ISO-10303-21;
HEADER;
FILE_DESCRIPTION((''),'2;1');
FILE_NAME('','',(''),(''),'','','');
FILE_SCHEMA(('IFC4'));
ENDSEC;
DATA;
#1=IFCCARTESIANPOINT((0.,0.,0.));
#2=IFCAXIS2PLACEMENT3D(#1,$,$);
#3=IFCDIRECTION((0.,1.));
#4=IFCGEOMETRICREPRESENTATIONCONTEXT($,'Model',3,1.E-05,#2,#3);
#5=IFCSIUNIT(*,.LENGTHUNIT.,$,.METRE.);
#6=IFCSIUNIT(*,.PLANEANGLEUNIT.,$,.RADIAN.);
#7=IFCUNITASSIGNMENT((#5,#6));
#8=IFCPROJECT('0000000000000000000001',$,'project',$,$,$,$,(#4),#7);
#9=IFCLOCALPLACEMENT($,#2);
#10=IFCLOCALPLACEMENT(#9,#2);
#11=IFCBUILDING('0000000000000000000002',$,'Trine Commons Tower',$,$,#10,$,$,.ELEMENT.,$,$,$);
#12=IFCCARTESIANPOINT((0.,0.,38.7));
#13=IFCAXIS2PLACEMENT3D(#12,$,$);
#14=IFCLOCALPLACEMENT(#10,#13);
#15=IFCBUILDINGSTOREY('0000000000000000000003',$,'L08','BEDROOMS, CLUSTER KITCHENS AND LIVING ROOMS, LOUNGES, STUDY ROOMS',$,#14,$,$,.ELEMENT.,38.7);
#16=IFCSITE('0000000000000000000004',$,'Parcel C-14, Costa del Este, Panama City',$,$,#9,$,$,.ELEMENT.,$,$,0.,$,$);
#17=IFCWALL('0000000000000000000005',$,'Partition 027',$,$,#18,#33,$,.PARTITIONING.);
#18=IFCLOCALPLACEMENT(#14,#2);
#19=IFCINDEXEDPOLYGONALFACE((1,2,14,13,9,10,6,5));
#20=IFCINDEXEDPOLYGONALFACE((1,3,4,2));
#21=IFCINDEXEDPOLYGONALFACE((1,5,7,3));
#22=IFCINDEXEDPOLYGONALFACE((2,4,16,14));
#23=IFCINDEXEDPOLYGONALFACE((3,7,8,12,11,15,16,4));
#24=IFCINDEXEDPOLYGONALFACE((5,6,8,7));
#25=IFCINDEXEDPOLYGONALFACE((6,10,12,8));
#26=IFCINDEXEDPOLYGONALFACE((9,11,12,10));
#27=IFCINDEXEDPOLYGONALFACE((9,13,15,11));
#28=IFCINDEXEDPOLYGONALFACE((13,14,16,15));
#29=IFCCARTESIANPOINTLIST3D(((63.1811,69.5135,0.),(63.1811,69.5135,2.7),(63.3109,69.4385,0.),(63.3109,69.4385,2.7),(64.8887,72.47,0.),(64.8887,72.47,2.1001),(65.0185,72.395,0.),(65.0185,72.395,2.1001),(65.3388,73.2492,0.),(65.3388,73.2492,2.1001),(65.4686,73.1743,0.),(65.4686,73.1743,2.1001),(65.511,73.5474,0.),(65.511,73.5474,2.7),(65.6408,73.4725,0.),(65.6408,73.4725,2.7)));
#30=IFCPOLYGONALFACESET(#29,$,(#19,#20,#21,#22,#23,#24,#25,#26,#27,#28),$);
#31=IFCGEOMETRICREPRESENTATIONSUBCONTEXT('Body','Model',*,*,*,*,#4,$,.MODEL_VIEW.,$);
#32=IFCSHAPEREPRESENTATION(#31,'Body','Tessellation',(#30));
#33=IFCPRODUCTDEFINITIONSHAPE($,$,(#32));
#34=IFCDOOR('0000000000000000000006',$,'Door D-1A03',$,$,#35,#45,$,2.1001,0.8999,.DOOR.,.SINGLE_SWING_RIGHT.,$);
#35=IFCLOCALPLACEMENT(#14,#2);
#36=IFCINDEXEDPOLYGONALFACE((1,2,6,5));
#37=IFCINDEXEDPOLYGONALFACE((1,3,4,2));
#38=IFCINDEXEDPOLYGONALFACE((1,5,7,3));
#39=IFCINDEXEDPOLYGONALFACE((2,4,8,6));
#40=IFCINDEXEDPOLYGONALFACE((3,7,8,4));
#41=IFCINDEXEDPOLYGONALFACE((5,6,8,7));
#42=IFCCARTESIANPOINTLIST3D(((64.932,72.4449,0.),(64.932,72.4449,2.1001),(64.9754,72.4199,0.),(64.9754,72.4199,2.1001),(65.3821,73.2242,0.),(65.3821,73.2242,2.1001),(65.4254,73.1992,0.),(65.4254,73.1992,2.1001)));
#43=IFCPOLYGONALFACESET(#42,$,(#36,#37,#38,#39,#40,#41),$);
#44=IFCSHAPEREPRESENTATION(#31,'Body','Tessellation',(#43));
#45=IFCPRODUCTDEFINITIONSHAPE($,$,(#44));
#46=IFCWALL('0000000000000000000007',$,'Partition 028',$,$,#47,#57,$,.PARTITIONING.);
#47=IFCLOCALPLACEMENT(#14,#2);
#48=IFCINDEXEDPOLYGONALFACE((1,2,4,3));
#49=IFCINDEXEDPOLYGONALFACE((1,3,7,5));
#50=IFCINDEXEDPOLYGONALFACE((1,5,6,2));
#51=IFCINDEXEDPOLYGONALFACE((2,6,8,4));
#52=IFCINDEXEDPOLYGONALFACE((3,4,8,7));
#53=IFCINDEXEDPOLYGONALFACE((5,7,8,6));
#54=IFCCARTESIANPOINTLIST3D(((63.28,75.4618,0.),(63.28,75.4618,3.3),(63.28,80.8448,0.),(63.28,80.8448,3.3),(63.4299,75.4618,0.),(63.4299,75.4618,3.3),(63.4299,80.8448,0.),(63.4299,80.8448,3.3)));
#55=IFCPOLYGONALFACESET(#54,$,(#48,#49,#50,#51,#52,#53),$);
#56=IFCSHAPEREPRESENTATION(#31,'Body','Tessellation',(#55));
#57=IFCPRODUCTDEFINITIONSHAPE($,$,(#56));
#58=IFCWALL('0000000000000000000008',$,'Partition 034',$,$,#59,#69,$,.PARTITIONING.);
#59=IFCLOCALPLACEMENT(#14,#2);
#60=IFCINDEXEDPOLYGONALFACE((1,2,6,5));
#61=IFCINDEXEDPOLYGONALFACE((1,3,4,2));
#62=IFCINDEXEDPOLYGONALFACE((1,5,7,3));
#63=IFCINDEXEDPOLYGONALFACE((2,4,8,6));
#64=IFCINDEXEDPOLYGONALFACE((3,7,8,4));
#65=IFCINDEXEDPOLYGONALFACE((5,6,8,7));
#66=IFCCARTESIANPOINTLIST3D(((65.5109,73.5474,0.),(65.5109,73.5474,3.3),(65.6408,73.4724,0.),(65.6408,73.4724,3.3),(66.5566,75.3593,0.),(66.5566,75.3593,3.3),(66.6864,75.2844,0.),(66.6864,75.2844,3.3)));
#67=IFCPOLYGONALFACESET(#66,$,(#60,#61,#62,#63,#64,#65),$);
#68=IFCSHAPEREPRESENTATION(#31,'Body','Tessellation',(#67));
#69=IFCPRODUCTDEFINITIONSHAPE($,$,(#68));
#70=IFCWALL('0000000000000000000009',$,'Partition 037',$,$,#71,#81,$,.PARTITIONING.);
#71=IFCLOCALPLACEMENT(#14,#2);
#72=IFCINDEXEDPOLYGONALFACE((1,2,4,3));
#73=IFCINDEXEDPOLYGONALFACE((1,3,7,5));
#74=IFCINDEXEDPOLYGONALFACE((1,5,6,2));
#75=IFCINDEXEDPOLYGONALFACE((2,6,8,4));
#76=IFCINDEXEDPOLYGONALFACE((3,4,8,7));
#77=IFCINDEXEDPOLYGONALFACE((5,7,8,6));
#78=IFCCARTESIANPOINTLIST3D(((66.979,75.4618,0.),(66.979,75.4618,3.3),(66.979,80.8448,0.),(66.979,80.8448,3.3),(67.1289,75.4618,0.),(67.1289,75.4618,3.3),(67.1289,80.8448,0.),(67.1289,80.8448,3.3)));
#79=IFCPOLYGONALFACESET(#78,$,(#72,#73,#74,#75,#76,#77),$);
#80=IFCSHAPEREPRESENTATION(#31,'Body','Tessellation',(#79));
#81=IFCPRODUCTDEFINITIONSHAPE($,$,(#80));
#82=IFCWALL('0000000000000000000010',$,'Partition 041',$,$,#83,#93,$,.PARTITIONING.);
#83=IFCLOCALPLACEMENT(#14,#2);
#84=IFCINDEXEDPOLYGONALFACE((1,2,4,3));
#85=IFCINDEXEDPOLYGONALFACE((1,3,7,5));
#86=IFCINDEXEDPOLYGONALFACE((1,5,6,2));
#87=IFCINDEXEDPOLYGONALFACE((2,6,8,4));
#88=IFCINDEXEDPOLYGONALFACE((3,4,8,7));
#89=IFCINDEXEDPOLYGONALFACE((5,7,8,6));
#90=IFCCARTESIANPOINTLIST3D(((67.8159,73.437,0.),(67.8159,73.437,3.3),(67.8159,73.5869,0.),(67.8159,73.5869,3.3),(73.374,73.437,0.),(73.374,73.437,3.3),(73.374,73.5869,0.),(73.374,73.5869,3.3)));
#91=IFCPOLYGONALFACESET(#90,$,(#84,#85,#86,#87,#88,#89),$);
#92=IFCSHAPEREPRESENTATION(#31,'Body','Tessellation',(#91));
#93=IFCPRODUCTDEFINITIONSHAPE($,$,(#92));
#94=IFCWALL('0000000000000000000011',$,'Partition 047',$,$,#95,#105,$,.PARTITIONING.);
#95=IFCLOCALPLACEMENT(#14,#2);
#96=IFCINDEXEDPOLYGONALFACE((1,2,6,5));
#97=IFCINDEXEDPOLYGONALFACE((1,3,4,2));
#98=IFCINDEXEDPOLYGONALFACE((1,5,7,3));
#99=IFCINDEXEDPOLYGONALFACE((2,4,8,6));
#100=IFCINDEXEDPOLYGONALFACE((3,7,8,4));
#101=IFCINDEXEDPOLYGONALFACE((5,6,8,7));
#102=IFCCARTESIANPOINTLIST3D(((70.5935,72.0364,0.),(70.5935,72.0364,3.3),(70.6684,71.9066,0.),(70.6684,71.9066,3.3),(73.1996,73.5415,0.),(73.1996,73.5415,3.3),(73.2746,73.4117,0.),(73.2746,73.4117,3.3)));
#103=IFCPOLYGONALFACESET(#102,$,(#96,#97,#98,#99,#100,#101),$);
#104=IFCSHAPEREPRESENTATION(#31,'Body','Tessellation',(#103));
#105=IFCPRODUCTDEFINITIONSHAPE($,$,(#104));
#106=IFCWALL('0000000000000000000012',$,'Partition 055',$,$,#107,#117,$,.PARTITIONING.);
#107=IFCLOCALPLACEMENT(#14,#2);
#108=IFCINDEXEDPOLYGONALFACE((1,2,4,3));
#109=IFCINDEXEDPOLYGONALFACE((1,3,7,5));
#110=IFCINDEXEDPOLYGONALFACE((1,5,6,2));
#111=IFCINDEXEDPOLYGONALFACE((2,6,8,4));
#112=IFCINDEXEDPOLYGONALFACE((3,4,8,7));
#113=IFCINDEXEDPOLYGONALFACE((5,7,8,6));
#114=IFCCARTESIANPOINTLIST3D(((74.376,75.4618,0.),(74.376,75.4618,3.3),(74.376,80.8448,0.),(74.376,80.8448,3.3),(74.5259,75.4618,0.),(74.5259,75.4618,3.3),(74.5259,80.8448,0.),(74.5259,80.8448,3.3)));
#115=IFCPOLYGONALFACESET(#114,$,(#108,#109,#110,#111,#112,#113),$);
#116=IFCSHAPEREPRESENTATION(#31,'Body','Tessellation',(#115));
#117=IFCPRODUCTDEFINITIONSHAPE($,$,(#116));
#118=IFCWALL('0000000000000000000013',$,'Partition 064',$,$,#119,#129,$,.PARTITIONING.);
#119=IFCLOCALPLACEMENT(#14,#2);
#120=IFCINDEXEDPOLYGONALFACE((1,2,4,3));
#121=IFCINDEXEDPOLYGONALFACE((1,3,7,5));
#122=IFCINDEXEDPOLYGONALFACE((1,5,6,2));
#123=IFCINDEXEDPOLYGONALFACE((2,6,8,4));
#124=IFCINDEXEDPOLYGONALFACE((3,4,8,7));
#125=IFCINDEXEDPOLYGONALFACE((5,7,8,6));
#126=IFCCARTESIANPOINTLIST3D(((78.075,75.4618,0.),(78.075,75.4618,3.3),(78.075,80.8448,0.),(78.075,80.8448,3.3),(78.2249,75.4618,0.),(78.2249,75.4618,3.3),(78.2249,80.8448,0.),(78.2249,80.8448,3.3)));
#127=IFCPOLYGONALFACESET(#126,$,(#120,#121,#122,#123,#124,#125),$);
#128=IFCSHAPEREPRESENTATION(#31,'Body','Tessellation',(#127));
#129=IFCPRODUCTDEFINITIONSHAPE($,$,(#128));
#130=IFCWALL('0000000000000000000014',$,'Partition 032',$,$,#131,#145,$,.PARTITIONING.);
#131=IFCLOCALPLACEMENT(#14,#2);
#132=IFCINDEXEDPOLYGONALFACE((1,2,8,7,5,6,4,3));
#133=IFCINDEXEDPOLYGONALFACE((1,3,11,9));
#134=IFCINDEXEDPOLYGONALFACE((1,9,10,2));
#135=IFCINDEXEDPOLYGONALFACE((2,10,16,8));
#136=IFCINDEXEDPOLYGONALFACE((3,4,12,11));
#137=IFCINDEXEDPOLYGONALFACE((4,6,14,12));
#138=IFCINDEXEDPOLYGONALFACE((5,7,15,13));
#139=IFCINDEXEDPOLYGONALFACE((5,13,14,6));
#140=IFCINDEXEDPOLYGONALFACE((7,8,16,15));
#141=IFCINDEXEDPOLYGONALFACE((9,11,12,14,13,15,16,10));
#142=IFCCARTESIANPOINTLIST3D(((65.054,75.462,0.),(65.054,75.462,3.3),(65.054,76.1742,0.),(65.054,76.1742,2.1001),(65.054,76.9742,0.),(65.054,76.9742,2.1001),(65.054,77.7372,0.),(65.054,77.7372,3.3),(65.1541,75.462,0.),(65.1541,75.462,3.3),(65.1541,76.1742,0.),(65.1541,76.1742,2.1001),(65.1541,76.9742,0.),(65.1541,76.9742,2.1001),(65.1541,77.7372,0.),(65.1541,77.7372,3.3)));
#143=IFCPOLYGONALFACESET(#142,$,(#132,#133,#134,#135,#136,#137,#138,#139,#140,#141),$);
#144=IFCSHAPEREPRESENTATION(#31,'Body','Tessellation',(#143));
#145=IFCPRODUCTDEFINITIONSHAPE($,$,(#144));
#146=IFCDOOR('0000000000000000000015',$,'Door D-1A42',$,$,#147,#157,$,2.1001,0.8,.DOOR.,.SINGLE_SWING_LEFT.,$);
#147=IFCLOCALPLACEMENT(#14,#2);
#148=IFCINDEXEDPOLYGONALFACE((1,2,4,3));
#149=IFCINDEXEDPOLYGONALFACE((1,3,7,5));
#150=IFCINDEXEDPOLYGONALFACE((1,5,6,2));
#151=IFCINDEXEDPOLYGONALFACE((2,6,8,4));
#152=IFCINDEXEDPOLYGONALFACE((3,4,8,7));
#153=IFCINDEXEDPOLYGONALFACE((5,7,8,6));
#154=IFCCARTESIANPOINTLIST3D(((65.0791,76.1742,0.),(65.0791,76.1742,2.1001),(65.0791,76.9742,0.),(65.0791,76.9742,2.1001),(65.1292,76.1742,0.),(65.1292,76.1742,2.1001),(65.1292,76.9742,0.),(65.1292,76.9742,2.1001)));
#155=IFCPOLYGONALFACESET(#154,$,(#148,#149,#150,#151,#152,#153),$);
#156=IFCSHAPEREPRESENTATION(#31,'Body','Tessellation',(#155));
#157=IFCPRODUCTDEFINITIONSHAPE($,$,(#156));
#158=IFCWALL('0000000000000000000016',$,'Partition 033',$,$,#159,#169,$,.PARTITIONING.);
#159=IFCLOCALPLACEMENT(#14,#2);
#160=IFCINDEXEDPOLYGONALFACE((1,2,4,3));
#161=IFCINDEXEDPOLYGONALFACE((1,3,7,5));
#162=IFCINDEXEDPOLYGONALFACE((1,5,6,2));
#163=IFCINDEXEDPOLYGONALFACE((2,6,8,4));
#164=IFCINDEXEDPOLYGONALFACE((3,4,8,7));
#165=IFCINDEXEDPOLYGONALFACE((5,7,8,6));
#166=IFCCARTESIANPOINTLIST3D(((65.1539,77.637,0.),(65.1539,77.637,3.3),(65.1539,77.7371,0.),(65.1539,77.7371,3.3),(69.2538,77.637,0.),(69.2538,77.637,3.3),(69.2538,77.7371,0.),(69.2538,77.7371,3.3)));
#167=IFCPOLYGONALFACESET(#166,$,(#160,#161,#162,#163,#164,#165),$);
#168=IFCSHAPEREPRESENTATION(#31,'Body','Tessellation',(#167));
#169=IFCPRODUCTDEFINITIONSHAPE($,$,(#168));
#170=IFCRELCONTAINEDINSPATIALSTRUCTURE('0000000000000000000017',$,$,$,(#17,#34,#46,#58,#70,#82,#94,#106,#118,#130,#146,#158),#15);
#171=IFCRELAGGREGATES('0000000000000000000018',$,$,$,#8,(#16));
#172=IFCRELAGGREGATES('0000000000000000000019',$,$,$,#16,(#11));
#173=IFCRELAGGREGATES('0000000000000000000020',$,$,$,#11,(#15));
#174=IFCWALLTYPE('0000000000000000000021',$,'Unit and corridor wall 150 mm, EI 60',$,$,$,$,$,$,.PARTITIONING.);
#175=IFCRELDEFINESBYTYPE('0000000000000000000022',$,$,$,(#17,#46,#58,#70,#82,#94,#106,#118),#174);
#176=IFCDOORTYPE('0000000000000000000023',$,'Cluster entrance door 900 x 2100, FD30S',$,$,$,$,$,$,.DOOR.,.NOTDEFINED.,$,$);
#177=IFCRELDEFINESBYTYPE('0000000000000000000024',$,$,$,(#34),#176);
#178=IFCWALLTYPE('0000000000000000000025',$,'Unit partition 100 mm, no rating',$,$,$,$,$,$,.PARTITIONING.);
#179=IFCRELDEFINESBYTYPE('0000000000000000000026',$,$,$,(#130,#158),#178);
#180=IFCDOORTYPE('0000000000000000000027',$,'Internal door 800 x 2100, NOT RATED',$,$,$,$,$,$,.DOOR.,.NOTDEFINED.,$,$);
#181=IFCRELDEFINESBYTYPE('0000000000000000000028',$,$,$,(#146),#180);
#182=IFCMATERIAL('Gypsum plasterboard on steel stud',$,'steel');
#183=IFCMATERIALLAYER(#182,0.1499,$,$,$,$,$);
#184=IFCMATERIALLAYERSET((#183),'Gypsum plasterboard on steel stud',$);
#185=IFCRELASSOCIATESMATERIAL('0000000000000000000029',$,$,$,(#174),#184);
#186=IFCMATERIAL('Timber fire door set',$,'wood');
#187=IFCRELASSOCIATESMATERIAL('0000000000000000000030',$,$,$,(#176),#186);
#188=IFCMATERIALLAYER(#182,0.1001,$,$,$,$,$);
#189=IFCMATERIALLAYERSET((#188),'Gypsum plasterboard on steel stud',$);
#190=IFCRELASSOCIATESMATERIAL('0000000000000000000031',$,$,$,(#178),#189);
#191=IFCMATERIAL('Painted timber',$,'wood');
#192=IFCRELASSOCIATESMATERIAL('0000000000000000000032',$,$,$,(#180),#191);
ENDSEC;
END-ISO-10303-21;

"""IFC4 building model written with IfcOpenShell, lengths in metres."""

from ifc_helpers import new_model, si_unit, direction, frame, frame_2d, origin, place, context, subcontext, project, spatial, rectangle, extrude, material, layer, layer_set, type_object, element, fill, save


model = new_model("IFC4")

# Units and contexts
model_context = context("Model", 3, precision=1e-05, world=origin(), true_north=direction((0.0, 1.0)))
body_context = subcontext(model_context, "Body", "Model", "MODEL_VIEW")
ifc_project = project(units=[si_unit("LENGTHUNIT", "METRE"), si_unit("PLANEANGLEUNIT", "RADIAN")], contexts=[model_context])

# Site, building, storey
site_placement = place(None, origin())
site = spatial("IfcSite", under=ifc_project, at=site_placement, Name="Parcel C-14, Costa del Este, Panama City", CompositionType="ELEMENT", RefElevation=0.0)
building_placement = place(site_placement, origin())
building = spatial("IfcBuilding", under=site, at=building_placement, Name="Trine Commons Tower", CompositionType="ELEMENT")
storey_placement = place(building_placement, frame((0.0, 0.0, 38.7)))
storey = spatial("IfcBuildingStorey", under=building, at=storey_placement, Name="L08", Description="BEDROOMS, CLUSTER KITCHENS AND LIVING ROOMS, LOUNGES, STUDY ROOMS", CompositionType="ELEMENT", Elevation=38.7)

# Wall, opening, door
ifc_material_1 = material(Name="Gypsum plasterboard on steel stud", Category="steel")
ifc_layer_1 = layer(ifc_material_1, 0.1499)
ifc_layer_set_1 = layer_set([ifc_layer_1], Name="Gypsum plasterboard on steel stud")
wall_type_1 = type_object("IfcWallType", Name="Unit and corridor wall 150 mm, EI 60", PredefinedType="PARTITIONING", material=ifc_layer_set_1)
ifc_material_2 = material(Name="Painted timber", Category="wood")
wall_1_placement = place(storey_placement, frame((63.2461, 69.4761, 0.0), z_axis=(0.0, 0.0, 1.0), x_axis=(0.500135, 0.865947, 0.0)))
wall_1 = element("IfcWall", 1, at=wall_1_placement, inside=storey, type_object=wall_type_1, Name="Partition 027", PredefinedType="PARTITIONING", context=body_context, shape_type="SweptSolid", body=[
    extrude(rectangle(XDim=4.6584, YDim=0.1499, at=frame_2d((2.3291, 0.0))), origin(), (0.0, 0.0, 1.0), 2.7),
])
opening_1_placement = place(wall_1_placement, frame((3.4141, 0.0, 0.0)))
opening_1 = element("IfcOpeningElement", 2, at=opening_1_placement, cuts=wall_1, PredefinedType="OPENING", context=body_context, shape_type="SweptSolid", body=[
    extrude(rectangle(XDim=0.8999, YDim=2.1001, at=frame_2d((0.45, 1.05))), frame((0.0, 0.085, 0.0), z_axis=(0.0, -1.0, 0.0), x_axis=(1.0, 0.0, 0.0)), (0.0, 0.0, 1.0), 0.1699),
])
ifc_material_3 = material(Name="Timber fire door set", Category="wood")
door_type_1 = type_object("IfcDoorType", Name="Cluster entrance door 900 x 2100, FD30S", OperationType="NOTDEFINED", PredefinedType="DOOR", material=ifc_material_3)
door_1_placement = place(opening_1_placement, origin())
door_1 = element("IfcDoor", 3, at=door_1_placement, inside=storey, type_object=door_type_1, Name="Door D-1A03", OperationType="SINGLE_SWING_RIGHT", OverallHeight=2.1001, OverallWidth=0.8999, PredefinedType="DOOR", context=body_context, shape_type="SweptSolid", body=[
    extrude(rectangle(XDim=0.8999, YDim=2.1001, at=frame_2d((0.45, 1.05))), frame((0.0, 0.0249, 0.0), z_axis=(0.0, -1.0, 0.0), x_axis=(1.0, 0.0, 0.0)), (0.0, 0.0, 1.0), 0.05),
])
fill(opening_1, door_1)

# Walls
wall_2_placement = place(storey_placement, frame((63.355, 75.4619, 0.0), z_axis=(0.0, 0.0, 1.0), x_axis=(0.0, 1.0, 0.0)))
element("IfcWall", 4, at=wall_2_placement, inside=storey, type_object=wall_type_1, Name="Partition 028", PredefinedType="PARTITIONING", context=body_context, shape_type="SweptSolid", body=[
    extrude(rectangle(XDim=5.3831, YDim=0.1499, at=frame_2d((2.6914, 0.0))), origin(), (0.0, 0.0, 1.0), 3.3),
])
wall_3_placement = place(storey_placement, frame((65.5759, 73.51, 0.0), z_axis=(0.0, 0.0, 1.0), x_axis=(0.499817, 0.866131, 0.0)))
element("IfcWall", 5, at=wall_3_placement, inside=storey, type_object=wall_type_1, Name="Partition 034", PredefinedType="PARTITIONING", context=body_context, shape_type="SweptSolid", body=[
    extrude(rectangle(XDim=2.092, YDim=0.1499, at=frame_2d((1.0459, 0.0))), origin(), (0.0, 0.0, 1.0), 3.3),
])
wall_4_placement = place(storey_placement, frame((67.054, 75.4619, 0.0), z_axis=(0.0, 0.0, 1.0), x_axis=(0.0, 1.0, 0.0)))
element("IfcWall", 6, at=wall_4_placement, inside=storey, type_object=wall_type_1, Name="Partition 037", PredefinedType="PARTITIONING", context=body_context, shape_type="SweptSolid", body=[
    extrude(rectangle(XDim=5.3831, YDim=0.1499, at=frame_2d((2.6914, 0.0))), origin(), (0.0, 0.0, 1.0), 3.3),
])
wall_5_placement = place(storey_placement, frame((67.8159, 73.512, 0.0), z_axis=(0.0, 0.0, 1.0), x_axis=(1.0, 0.0, 0.0)))
element("IfcWall", 7, at=wall_5_placement, inside=storey, type_object=wall_type_1, Name="Partition 041", PredefinedType="PARTITIONING", context=body_context, shape_type="SweptSolid", body=[
    extrude(rectangle(XDim=5.5581, YDim=0.1499, at=frame_2d((2.7791, 0.0))), origin(), (0.0, 0.0, 1.0), 3.3),
])
wall_6_placement = place(storey_placement, frame((70.6309, 71.9714, 0.0), z_axis=(0.0, 0.0, 1.0), x_axis=(0.865963, 0.500109, 0.0)))
element("IfcWall", 8, at=wall_6_placement, inside=storey, type_object=wall_type_1, Name="Partition 047", PredefinedType="PARTITIONING", context=body_context, shape_type="SweptSolid", body=[
    extrude(rectangle(XDim=3.0095, YDim=0.1499, at=frame_2d((1.5049, 0.0))), origin(), (0.0, 0.0, 1.0), 3.3),
])
for number, where, z_axis, x_axis, name in (
    (9, (74.4509, 75.4619, 0.0), (0.0, 0.0, 1.0), (0.0, 1.0, 0.0), "Partition 055"),
    (10, (78.1499, 75.4619, 0.0), (0.0, 0.0, 1.0), (0.0, 1.0, 0.0), "Partition 064"),
):
    element("IfcWall", number, at=place(storey_placement, frame(where, z_axis=z_axis, x_axis=x_axis)), inside=storey, type_object=wall_type_1, Name=name, PredefinedType="PARTITIONING", context=body_context, shape_type="SweptSolid", body=[
        extrude(rectangle(XDim=5.3831, YDim=0.1499, at=frame_2d((2.6914, 0.0))), origin(), (0.0, 0.0, 1.0), 3.3),
    ])

# Wall, opening, door
ifc_layer_2 = layer(ifc_material_1, 0.1001)
ifc_layer_set_2 = layer_set([ifc_layer_2], Name="Gypsum plasterboard on steel stud")
wall_type_2 = type_object("IfcWallType", Name="Unit partition 100 mm, no rating", PredefinedType="PARTITIONING", material=ifc_layer_set_2)
wall_7_placement = place(storey_placement, frame((65.104, 75.4619, 0.0), z_axis=(0.0, 0.0, 1.0), x_axis=(0.0, 1.0, 0.0)))
wall_7 = element("IfcWall", 11, at=wall_7_placement, inside=storey, type_object=wall_type_2, Name="Partition 032", PredefinedType="PARTITIONING", context=body_context, shape_type="SweptSolid", body=[
    extrude(rectangle(XDim=2.2751, YDim=0.1001, at=frame_2d((1.1377, 0.0))), origin(), (0.0, 0.0, 1.0), 3.3),
])
opening_2_placement = place(wall_7_placement, frame((0.7124, 0.0, 0.0)))
opening_2 = element("IfcOpeningElement", 12, at=opening_2_placement, cuts=wall_7, PredefinedType="OPENING", context=body_context, shape_type="SweptSolid", body=[
    extrude(rectangle(XDim=0.8, YDim=2.1001, at=frame_2d((0.3999, 1.05))), frame((0.0, 0.0601, 0.0), z_axis=(0.0, -1.0, 0.0), x_axis=(1.0, 0.0, 0.0)), (0.0, 0.0, 1.0), 0.1201),
])
door_type_2 = type_object("IfcDoorType", Name="Internal door 800 x 2100, NOT RATED", OperationType="NOTDEFINED", PredefinedType="DOOR", material=ifc_material_2)
door_2_placement = place(opening_2_placement, origin())
door_2 = element("IfcDoor", 13, at=door_2_placement, inside=storey, type_object=door_type_2, Name="Door D-1A42", OperationType="SINGLE_SWING_LEFT", OverallHeight=2.1001, OverallWidth=0.8, PredefinedType="DOOR", context=body_context, shape_type="SweptSolid", body=[
    extrude(rectangle(XDim=0.8, YDim=2.1001, at=frame_2d((0.3999, 1.05))), frame((0.0, 0.0249, 0.0), z_axis=(0.0, -1.0, 0.0), x_axis=(1.0, 0.0, 0.0)), (0.0, 0.0, 1.0), 0.05),
])
fill(opening_2, door_2)

# Wall
wall_8_placement = place(storey_placement, frame((65.1541, 77.687, 0.0), z_axis=(0.0, 0.0, 1.0), x_axis=(1.0, 0.0, 0.0)))
element("IfcWall", 14, at=wall_8_placement, inside=storey, type_object=wall_type_2, Name="Partition 033", PredefinedType="PARTITIONING", context=body_context, shape_type="SweptSolid", body=[
    extrude(rectangle(XDim=4.0999, YDim=0.1001, at=frame_2d((2.0498, 0.0))), origin(), (0.0, 0.0, 1.0), 3.3),
])

save(model, "model.ifc")
